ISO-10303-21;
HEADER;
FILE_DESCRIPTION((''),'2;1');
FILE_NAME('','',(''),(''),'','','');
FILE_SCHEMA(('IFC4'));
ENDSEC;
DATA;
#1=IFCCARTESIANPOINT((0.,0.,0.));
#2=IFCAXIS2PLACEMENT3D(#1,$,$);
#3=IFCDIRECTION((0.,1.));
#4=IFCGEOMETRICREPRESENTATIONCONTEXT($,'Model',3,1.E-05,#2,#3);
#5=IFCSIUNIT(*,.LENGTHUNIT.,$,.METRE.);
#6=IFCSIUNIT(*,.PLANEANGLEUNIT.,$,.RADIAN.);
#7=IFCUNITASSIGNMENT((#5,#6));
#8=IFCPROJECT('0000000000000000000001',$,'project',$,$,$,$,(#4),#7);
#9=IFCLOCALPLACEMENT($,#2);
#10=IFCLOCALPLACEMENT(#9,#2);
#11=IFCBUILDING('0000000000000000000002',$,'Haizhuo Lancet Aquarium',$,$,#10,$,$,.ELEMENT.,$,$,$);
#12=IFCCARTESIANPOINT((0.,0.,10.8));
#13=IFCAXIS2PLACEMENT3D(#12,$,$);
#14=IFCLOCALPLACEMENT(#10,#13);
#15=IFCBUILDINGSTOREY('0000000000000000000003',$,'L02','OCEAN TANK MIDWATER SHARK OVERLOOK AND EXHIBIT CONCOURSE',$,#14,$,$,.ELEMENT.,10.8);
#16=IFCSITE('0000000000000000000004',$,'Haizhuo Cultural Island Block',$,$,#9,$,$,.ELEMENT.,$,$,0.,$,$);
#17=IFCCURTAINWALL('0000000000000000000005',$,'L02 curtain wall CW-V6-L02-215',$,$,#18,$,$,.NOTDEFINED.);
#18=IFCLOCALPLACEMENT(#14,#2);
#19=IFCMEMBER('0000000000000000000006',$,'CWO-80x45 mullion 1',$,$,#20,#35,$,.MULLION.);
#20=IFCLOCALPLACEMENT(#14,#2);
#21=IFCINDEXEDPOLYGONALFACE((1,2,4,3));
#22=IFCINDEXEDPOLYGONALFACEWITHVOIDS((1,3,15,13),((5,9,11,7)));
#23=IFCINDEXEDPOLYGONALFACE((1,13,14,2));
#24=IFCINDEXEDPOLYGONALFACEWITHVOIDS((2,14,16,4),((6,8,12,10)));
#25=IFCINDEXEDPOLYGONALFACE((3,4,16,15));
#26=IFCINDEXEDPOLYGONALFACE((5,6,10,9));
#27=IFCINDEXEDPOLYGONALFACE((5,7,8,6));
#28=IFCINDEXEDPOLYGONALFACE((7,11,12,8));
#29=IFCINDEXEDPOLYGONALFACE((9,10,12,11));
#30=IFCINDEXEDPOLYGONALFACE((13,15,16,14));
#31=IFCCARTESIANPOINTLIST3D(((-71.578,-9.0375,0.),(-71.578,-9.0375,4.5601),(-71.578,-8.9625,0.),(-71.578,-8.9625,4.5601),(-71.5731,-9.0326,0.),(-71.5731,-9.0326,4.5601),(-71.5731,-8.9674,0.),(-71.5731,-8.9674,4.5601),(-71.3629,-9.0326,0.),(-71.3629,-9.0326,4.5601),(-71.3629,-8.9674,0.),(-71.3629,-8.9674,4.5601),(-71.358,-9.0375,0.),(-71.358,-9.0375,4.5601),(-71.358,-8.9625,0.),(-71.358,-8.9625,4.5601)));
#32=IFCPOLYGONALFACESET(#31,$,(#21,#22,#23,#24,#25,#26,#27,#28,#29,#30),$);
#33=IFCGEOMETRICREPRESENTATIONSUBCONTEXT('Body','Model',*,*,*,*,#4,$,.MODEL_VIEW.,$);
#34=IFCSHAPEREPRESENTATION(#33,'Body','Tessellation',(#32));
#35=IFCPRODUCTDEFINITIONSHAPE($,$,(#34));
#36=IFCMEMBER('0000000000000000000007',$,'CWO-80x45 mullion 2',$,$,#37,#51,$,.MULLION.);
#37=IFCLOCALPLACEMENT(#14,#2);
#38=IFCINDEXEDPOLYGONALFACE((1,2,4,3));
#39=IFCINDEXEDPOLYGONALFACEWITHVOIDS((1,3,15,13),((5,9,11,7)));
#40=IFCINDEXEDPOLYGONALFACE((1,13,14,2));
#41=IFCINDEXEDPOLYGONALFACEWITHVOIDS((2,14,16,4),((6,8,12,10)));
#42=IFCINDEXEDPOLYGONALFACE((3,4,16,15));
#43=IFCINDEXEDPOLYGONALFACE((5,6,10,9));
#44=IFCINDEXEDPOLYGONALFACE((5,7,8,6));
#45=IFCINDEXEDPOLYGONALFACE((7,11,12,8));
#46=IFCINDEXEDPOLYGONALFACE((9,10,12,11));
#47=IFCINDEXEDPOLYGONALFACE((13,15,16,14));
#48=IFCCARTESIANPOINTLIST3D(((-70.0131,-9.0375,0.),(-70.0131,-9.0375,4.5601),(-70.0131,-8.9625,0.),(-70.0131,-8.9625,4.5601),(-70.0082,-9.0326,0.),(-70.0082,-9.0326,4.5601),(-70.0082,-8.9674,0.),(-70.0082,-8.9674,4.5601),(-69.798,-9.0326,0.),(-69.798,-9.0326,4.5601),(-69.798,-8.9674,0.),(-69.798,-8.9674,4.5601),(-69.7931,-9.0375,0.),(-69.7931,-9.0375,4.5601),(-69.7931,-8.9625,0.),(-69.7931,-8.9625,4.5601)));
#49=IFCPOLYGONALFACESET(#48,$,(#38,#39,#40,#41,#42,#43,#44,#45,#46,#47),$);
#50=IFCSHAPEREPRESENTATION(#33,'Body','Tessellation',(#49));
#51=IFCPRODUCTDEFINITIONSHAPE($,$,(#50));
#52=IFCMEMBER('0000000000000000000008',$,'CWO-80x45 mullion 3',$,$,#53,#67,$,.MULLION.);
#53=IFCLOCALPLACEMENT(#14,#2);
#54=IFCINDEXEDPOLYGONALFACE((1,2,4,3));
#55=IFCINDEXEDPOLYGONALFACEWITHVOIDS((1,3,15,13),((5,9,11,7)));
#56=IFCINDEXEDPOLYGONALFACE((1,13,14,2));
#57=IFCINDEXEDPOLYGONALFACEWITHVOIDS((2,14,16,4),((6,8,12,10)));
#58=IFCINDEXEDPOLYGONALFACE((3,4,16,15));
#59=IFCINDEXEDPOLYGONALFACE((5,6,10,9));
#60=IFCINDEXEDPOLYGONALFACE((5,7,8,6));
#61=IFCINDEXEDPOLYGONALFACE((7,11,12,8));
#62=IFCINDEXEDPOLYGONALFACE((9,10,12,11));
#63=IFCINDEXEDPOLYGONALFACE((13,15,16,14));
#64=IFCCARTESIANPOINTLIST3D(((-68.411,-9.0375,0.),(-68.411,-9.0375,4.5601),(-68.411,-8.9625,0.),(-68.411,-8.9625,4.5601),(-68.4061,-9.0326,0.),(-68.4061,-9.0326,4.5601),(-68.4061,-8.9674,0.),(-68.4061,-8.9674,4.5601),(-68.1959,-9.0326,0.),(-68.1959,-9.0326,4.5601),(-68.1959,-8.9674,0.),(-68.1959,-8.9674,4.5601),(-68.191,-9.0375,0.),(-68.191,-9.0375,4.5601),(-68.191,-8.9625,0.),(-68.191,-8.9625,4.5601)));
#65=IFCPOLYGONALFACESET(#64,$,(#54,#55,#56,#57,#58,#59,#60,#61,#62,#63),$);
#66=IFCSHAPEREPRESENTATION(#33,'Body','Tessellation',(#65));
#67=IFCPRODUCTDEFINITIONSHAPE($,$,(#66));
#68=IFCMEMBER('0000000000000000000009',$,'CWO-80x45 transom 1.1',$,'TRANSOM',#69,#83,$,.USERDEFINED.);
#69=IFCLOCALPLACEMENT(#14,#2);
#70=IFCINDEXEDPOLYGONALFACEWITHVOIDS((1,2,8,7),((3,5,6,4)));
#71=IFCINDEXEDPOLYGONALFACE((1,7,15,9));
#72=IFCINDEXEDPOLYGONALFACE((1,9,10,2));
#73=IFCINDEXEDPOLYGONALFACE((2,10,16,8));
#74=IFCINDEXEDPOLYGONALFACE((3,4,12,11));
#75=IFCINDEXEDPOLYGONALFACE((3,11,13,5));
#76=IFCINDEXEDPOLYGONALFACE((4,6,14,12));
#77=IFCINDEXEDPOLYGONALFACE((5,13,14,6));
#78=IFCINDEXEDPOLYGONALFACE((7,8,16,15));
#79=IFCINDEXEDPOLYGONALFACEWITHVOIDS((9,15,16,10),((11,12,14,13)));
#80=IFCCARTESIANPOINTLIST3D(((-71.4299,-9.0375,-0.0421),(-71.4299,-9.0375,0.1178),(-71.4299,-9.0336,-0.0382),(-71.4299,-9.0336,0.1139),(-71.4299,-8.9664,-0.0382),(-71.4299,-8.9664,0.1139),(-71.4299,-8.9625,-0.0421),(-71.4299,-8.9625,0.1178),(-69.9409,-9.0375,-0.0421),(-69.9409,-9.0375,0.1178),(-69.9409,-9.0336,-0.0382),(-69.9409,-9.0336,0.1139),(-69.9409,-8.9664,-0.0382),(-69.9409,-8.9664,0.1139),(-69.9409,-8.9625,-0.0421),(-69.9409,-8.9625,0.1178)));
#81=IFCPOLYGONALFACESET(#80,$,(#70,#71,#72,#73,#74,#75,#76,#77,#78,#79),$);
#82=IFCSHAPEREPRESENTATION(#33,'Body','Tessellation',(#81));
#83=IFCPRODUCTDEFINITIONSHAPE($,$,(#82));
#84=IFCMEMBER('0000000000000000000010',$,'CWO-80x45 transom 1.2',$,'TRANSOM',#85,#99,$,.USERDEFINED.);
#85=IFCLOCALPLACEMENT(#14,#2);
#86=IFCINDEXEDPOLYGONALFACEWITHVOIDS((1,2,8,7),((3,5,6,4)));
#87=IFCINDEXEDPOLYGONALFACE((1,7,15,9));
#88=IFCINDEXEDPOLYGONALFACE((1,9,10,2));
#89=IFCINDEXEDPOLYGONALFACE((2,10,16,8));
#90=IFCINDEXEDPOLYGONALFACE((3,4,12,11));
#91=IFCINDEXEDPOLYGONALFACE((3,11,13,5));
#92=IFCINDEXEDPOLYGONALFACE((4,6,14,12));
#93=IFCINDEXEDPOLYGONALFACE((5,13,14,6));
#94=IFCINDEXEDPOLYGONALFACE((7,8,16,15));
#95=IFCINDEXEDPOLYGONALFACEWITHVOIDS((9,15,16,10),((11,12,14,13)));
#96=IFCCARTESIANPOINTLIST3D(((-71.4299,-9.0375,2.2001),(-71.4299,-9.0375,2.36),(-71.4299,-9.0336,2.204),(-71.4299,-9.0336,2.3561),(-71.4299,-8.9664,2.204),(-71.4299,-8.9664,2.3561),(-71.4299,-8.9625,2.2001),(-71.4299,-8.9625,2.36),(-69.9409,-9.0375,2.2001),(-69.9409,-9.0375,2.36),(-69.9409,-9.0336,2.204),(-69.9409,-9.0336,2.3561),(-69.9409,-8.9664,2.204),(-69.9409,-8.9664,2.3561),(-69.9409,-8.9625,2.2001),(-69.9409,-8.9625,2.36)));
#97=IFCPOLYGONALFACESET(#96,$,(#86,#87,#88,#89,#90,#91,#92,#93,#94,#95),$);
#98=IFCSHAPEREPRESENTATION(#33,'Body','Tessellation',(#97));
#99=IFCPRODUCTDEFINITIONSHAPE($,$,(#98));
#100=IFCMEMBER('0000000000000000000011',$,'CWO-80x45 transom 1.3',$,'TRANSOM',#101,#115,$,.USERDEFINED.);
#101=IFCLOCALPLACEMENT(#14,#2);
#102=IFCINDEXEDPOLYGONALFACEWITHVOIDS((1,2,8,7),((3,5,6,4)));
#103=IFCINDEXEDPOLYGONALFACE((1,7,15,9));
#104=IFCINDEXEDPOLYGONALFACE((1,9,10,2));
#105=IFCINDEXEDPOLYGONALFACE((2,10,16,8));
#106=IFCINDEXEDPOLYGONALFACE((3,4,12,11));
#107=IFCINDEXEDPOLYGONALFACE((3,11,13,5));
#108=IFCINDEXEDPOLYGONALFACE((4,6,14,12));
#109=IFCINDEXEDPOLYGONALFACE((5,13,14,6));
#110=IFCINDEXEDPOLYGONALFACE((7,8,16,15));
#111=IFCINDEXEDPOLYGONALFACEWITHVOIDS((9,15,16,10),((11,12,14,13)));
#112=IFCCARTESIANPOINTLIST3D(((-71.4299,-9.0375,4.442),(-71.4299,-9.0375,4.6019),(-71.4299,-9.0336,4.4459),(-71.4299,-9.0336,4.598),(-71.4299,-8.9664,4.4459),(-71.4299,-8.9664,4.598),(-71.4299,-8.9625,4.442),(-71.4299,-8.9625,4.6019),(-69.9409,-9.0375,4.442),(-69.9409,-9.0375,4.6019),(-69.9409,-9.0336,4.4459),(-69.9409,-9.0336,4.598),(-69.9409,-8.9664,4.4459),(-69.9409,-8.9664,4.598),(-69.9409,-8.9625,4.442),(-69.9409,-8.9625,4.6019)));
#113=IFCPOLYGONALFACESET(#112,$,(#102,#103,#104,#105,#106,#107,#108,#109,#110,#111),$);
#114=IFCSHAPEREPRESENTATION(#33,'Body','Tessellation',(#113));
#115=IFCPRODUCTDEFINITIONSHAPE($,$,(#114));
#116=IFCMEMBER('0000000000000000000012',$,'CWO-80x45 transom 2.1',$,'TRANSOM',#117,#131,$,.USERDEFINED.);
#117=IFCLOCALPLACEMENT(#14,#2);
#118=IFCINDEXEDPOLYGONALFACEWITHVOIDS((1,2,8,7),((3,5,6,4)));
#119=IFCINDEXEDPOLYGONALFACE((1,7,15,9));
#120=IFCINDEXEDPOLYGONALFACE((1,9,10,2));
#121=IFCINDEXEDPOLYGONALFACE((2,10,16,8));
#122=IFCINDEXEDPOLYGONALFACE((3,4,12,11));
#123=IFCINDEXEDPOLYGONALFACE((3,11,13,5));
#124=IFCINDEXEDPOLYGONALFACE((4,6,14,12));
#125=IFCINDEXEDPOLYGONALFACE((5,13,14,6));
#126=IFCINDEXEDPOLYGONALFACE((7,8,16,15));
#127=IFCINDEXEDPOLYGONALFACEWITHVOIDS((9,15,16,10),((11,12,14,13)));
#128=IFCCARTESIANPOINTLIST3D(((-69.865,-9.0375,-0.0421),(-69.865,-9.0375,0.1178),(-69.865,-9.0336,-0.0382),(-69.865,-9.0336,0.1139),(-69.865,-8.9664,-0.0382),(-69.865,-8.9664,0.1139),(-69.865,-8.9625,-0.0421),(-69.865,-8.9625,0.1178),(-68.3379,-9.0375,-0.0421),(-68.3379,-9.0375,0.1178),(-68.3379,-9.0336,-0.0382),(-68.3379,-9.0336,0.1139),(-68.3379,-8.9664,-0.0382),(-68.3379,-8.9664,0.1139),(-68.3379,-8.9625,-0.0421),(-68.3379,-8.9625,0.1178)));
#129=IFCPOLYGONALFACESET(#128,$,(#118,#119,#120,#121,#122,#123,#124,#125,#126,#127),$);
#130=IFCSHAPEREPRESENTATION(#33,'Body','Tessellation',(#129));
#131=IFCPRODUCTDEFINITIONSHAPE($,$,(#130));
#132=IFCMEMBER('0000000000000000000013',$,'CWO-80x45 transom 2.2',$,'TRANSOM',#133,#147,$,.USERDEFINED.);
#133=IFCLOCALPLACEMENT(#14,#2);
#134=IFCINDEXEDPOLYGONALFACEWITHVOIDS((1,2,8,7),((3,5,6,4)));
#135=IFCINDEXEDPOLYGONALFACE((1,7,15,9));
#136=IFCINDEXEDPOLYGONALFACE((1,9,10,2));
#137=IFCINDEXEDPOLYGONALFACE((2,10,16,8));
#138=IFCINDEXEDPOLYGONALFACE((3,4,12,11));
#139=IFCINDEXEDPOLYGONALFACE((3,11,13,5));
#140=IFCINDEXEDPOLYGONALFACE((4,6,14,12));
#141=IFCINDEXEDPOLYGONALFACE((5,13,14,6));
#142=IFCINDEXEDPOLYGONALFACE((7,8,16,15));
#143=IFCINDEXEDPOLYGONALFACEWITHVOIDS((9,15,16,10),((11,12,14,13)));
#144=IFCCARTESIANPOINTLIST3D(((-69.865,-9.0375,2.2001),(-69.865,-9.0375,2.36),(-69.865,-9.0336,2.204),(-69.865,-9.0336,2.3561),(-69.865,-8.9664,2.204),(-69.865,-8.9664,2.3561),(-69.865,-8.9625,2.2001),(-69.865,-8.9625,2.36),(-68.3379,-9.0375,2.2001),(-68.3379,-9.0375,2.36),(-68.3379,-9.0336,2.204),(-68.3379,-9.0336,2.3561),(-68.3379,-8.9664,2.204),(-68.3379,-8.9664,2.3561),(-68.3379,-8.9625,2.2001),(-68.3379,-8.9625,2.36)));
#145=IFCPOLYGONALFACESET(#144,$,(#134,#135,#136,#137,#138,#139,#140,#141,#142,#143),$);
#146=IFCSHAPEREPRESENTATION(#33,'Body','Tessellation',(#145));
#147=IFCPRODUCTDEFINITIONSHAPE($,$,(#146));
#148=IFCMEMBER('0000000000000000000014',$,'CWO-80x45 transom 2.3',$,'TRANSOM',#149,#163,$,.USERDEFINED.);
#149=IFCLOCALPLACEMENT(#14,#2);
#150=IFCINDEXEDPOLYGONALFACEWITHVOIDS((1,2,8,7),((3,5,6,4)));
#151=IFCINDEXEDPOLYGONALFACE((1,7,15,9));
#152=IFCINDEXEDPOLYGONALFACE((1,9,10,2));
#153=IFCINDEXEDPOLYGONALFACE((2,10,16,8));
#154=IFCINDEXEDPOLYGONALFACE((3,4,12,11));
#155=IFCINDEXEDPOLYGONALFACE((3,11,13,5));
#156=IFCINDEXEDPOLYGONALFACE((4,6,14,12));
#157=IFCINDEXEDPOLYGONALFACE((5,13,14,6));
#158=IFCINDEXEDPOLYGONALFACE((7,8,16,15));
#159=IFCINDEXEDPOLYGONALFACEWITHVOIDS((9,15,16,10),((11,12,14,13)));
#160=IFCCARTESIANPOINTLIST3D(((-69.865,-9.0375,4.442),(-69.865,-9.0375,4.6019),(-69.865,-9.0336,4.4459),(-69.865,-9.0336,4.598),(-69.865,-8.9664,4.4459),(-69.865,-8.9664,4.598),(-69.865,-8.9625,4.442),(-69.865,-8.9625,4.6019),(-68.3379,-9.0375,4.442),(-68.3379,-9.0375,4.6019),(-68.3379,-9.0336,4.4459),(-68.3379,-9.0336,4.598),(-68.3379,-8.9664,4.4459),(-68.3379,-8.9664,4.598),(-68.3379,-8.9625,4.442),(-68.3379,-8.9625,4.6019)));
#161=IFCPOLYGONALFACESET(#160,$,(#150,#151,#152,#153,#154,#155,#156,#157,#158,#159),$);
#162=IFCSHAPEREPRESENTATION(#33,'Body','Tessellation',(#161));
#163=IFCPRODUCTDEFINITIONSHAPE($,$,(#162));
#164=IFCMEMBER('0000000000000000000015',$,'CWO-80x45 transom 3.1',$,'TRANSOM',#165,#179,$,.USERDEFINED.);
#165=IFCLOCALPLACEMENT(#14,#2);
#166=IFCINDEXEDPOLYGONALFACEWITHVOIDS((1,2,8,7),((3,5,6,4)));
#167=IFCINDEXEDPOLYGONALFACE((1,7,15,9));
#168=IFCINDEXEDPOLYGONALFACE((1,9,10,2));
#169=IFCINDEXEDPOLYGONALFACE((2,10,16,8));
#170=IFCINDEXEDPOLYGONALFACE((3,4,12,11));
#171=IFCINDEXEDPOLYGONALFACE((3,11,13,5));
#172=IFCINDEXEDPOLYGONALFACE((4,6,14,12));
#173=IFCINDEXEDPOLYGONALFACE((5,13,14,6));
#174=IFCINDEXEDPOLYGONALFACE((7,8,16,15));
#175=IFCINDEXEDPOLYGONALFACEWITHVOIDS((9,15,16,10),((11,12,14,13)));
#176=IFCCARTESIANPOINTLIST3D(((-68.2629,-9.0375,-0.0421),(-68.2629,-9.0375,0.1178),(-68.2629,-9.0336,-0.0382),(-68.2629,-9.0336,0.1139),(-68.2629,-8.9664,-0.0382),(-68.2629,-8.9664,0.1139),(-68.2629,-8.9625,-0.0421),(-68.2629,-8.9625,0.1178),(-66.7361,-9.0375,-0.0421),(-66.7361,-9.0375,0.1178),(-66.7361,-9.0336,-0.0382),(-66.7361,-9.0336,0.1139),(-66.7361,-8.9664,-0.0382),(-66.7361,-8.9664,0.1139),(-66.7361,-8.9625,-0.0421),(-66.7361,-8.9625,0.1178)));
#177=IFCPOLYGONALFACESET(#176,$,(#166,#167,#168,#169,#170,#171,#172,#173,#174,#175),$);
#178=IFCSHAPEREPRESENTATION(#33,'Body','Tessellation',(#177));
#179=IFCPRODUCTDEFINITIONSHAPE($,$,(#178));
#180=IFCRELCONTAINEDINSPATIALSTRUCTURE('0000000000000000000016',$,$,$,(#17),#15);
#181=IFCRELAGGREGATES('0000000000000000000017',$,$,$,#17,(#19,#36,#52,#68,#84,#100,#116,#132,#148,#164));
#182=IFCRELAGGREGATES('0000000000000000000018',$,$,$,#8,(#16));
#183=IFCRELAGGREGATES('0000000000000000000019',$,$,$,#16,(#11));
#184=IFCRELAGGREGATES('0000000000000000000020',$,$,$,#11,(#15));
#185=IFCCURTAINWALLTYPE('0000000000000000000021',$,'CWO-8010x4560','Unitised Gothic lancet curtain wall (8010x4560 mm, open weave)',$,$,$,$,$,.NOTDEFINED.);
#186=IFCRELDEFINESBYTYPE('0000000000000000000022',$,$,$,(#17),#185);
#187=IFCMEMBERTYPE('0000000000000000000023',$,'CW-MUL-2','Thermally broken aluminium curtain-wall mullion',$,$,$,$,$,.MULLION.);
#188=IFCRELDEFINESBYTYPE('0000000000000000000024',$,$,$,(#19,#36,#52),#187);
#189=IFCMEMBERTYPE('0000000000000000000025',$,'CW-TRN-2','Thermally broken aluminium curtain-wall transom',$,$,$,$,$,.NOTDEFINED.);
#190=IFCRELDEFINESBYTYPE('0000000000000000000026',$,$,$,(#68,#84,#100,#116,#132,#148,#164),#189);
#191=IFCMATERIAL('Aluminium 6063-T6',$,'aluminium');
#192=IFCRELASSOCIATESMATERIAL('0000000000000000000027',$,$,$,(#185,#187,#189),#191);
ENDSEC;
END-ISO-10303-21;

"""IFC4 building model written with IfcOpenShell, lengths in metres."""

from ifc_helpers import new_model, si_unit, direction, frame, origin, origin_2d, place, context, subcontext, project, spatial, hollow_rectangle, extrude, material, material_profile, profile_set, type_object, element, aggregate, save


model = new_model("IFC4")

# Units and contexts
model_context = context("Model", 3, precision=1e-05, world=origin(), true_north=direction((0.0, 1.0)))
body_context = subcontext(model_context, "Body", "Model", "MODEL_VIEW")
ifc_project = project(units=[si_unit("LENGTHUNIT", "METRE"), si_unit("PLANEANGLEUNIT", "RADIAN")], contexts=[model_context])

# Site, building, storey
site_placement = place(None, origin())
site = spatial("IfcSite", under=ifc_project, at=site_placement, Name="Haizhuo Cultural Island Block", CompositionType="ELEMENT", RefElevation=0.0)
building_placement = place(site_placement, origin())
building = spatial("IfcBuilding", under=site, at=building_placement, Name="Haizhuo Lancet Aquarium", CompositionType="ELEMENT")
storey_placement = place(building_placement, frame((0.0, 0.0, 10.8)))
storey = spatial("IfcBuildingStorey", under=building, at=storey_placement, Name="L02", Description="OCEAN TANK MIDWATER SHARK OVERLOOK AND EXHIBIT CONCOURSE", CompositionType="ELEMENT", Elevation=10.8)

# Curtain wall, members
ifc_material_1 = material(Name="Aluminium 6063-T6", Category="aluminium")
curtain_wall_type = type_object("IfcCurtainWallType", Name="CWO-8010x4560", Description="Unitised Gothic lancet curtain wall (8010x4560 mm, open weave)", PredefinedType="NOTDEFINED", material=ifc_material_1)
curtain_wall_placement = place(storey_placement, origin())
curtain_wall = element("IfcCurtainWall", 1, at=curtain_wall_placement, inside=storey, type_object=curtain_wall_type, Name="L02 curtain wall CW-V6-L02-215", PredefinedType="NOTDEFINED")
ifc_material_profile_1 = material_profile(ifc_material_1, hollow_rectangle(XDim=0.075, YDim=0.22, WallThickness=0.0049, at=origin_2d()), Name="ALU-M 75x220x5")
ifc_profile_set_1 = profile_set([ifc_material_profile_1], Name="Aluminium 6063-T6")
member_type_1 = type_object("IfcMemberType", Name="CW-MUL-2", Description="Thermally broken aluminium curtain-wall mullion", PredefinedType="MULLION", material=ifc_profile_set_1)
member_1_placement = place(storey_placement, frame((-71.468, -9.0, 0.0), z_axis=(0.0, 0.0, 1.0), x_axis=(0.0, 1.0, 0.0)))
member_1 = element("IfcMember", 2, at=member_1_placement, type_object=member_type_1, Name="CWO-80x45 mullion 1", PredefinedType="MULLION", context=body_context, shape_type="SweptSolid", body=[
    extrude(hollow_rectangle(XDim=0.075, YDim=0.22, WallThickness=0.0049, at=origin_2d()), origin(), (0.0, 0.0, 1.0), 4.5601),
])
member_2_placement = place(storey_placement, frame((-69.9031, -9.0, 0.0), z_axis=(0.0, 0.0, 1.0), x_axis=(0.0, 1.0, 0.0)))
member_2 = element("IfcMember", 3, at=member_2_placement, type_object=member_type_1, Name="CWO-80x45 mullion 2", PredefinedType="MULLION", context=body_context, shape_type="SweptSolid", body=[
    extrude(hollow_rectangle(XDim=0.075, YDim=0.22, WallThickness=0.0049, at=origin_2d()), origin(), (0.0, 0.0, 1.0), 4.5601),
])
member_3_placement = place(storey_placement, frame((-68.301, -9.0, 0.0), z_axis=(0.0, 0.0, 1.0), x_axis=(0.0, 1.0, 0.0)))
member_3 = element("IfcMember", 4, at=member_3_placement, type_object=member_type_1, Name="CWO-80x45 mullion 3", PredefinedType="MULLION", context=body_context, shape_type="SweptSolid", body=[
    extrude(hollow_rectangle(XDim=0.075, YDim=0.22, WallThickness=0.0049, at=origin_2d()), origin(), (0.0, 0.0, 1.0), 4.5601),
])
ifc_material_profile_2 = material_profile(ifc_material_1, hollow_rectangle(XDim=0.075, YDim=0.1599, WallThickness=0.0039, at=origin_2d()), Name="ALU-T 75x160x4")
ifc_profile_set_2 = profile_set([ifc_material_profile_2], Name="Aluminium 6063-T6")
member_type_2 = type_object("IfcMemberType", Name="CW-TRN-2", Description="Thermally broken aluminium curtain-wall transom", PredefinedType="NOTDEFINED", material=ifc_profile_set_2)
member_4_placement = place(storey_placement, frame((-71.4299, -9.0, 0.0378), z_axis=(1.0, 0.0, 0.0), x_axis=(0.0, 1.0, 0.0)))
member_4 = element("IfcMember", 5, at=member_4_placement, type_object=member_type_2, Name="CWO-80x45 transom 1.1", ObjectType="TRANSOM", PredefinedType="USERDEFINED", context=body_context, shape_type="SweptSolid", body=[
    extrude(hollow_rectangle(XDim=0.075, YDim=0.1599, WallThickness=0.0039, at=origin_2d()), origin(), (0.0, 0.0, 1.0), 1.489),
])
member_5_placement = place(storey_placement, frame((-71.4299, -9.0, 2.28), z_axis=(1.0, 0.0, 0.0), x_axis=(0.0, 1.0, 0.0)))
member_5 = element("IfcMember", 6, at=member_5_placement, type_object=member_type_2, Name="CWO-80x45 transom 1.2", ObjectType="TRANSOM", PredefinedType="USERDEFINED", context=body_context, shape_type="SweptSolid", body=[
    extrude(hollow_rectangle(XDim=0.075, YDim=0.1599, WallThickness=0.0039, at=origin_2d()), origin(), (0.0, 0.0, 1.0), 1.489),
])
member_6_placement = place(storey_placement, frame((-71.4299, -9.0, 4.522), z_axis=(1.0, 0.0, 0.0), x_axis=(0.0, 1.0, 0.0)))
member_6 = element("IfcMember", 7, at=member_6_placement, type_object=member_type_2, Name="CWO-80x45 transom 1.3", ObjectType="TRANSOM", PredefinedType="USERDEFINED", context=body_context, shape_type="SweptSolid", body=[
    extrude(hollow_rectangle(XDim=0.075, YDim=0.1599, WallThickness=0.0039, at=origin_2d()), origin(), (0.0, 0.0, 1.0), 1.489),
])
member_7_placement = place(storey_placement, frame((-69.865, -9.0, 0.0378), z_axis=(1.0, 0.0, 0.0), x_axis=(0.0, 1.0, 0.0)))
member_7 = element("IfcMember", 8, at=member_7_placement, type_object=member_type_2, Name="CWO-80x45 transom 2.1", ObjectType="TRANSOM", PredefinedType="USERDEFINED", context=body_context, shape_type="SweptSolid", body=[
    extrude(hollow_rectangle(XDim=0.075, YDim=0.1599, WallThickness=0.0039, at=origin_2d()), origin(), (0.0, 0.0, 1.0), 1.5271),
])
member_8_placement = place(storey_placement, frame((-69.865, -9.0, 2.28), z_axis=(1.0, 0.0, 0.0), x_axis=(0.0, 1.0, 0.0)))
member_8 = element("IfcMember", 9, at=member_8_placement, type_object=member_type_2, Name="CWO-80x45 transom 2.2", ObjectType="TRANSOM", PredefinedType="USERDEFINED", context=body_context, shape_type="SweptSolid", body=[
    extrude(hollow_rectangle(XDim=0.075, YDim=0.1599, WallThickness=0.0039, at=origin_2d()), origin(), (0.0, 0.0, 1.0), 1.5271),
])
member_9_placement = place(storey_placement, frame((-69.865, -9.0, 4.522), z_axis=(1.0, 0.0, 0.0), x_axis=(0.0, 1.0, 0.0)))
member_9 = element("IfcMember", 10, at=member_9_placement, type_object=member_type_2, Name="CWO-80x45 transom 2.3", ObjectType="TRANSOM", PredefinedType="USERDEFINED", context=body_context, shape_type="SweptSolid", body=[
    extrude(hollow_rectangle(XDim=0.075, YDim=0.1599, WallThickness=0.0039, at=origin_2d()), origin(), (0.0, 0.0, 1.0), 1.5271),
])
member_10_placement = place(storey_placement, frame((-68.2629, -9.0, 0.0378), z_axis=(1.0, 0.0, 0.0), x_axis=(0.0, 1.0, 0.0)))
member_10 = element("IfcMember", 11, at=member_10_placement, type_object=member_type_2, Name="CWO-80x45 transom 3.1", ObjectType="TRANSOM", PredefinedType="USERDEFINED", context=body_context, shape_type="SweptSolid", body=[
    extrude(hollow_rectangle(XDim=0.075, YDim=0.1599, WallThickness=0.0039, at=origin_2d()), origin(), (0.0, 0.0, 1.0), 1.5269),
])

aggregate(curtain_wall, [member_1, member_2, member_3, member_4, member_5, member_6, member_7, member_8, member_9, member_10])

save(model, "model.ifc")
